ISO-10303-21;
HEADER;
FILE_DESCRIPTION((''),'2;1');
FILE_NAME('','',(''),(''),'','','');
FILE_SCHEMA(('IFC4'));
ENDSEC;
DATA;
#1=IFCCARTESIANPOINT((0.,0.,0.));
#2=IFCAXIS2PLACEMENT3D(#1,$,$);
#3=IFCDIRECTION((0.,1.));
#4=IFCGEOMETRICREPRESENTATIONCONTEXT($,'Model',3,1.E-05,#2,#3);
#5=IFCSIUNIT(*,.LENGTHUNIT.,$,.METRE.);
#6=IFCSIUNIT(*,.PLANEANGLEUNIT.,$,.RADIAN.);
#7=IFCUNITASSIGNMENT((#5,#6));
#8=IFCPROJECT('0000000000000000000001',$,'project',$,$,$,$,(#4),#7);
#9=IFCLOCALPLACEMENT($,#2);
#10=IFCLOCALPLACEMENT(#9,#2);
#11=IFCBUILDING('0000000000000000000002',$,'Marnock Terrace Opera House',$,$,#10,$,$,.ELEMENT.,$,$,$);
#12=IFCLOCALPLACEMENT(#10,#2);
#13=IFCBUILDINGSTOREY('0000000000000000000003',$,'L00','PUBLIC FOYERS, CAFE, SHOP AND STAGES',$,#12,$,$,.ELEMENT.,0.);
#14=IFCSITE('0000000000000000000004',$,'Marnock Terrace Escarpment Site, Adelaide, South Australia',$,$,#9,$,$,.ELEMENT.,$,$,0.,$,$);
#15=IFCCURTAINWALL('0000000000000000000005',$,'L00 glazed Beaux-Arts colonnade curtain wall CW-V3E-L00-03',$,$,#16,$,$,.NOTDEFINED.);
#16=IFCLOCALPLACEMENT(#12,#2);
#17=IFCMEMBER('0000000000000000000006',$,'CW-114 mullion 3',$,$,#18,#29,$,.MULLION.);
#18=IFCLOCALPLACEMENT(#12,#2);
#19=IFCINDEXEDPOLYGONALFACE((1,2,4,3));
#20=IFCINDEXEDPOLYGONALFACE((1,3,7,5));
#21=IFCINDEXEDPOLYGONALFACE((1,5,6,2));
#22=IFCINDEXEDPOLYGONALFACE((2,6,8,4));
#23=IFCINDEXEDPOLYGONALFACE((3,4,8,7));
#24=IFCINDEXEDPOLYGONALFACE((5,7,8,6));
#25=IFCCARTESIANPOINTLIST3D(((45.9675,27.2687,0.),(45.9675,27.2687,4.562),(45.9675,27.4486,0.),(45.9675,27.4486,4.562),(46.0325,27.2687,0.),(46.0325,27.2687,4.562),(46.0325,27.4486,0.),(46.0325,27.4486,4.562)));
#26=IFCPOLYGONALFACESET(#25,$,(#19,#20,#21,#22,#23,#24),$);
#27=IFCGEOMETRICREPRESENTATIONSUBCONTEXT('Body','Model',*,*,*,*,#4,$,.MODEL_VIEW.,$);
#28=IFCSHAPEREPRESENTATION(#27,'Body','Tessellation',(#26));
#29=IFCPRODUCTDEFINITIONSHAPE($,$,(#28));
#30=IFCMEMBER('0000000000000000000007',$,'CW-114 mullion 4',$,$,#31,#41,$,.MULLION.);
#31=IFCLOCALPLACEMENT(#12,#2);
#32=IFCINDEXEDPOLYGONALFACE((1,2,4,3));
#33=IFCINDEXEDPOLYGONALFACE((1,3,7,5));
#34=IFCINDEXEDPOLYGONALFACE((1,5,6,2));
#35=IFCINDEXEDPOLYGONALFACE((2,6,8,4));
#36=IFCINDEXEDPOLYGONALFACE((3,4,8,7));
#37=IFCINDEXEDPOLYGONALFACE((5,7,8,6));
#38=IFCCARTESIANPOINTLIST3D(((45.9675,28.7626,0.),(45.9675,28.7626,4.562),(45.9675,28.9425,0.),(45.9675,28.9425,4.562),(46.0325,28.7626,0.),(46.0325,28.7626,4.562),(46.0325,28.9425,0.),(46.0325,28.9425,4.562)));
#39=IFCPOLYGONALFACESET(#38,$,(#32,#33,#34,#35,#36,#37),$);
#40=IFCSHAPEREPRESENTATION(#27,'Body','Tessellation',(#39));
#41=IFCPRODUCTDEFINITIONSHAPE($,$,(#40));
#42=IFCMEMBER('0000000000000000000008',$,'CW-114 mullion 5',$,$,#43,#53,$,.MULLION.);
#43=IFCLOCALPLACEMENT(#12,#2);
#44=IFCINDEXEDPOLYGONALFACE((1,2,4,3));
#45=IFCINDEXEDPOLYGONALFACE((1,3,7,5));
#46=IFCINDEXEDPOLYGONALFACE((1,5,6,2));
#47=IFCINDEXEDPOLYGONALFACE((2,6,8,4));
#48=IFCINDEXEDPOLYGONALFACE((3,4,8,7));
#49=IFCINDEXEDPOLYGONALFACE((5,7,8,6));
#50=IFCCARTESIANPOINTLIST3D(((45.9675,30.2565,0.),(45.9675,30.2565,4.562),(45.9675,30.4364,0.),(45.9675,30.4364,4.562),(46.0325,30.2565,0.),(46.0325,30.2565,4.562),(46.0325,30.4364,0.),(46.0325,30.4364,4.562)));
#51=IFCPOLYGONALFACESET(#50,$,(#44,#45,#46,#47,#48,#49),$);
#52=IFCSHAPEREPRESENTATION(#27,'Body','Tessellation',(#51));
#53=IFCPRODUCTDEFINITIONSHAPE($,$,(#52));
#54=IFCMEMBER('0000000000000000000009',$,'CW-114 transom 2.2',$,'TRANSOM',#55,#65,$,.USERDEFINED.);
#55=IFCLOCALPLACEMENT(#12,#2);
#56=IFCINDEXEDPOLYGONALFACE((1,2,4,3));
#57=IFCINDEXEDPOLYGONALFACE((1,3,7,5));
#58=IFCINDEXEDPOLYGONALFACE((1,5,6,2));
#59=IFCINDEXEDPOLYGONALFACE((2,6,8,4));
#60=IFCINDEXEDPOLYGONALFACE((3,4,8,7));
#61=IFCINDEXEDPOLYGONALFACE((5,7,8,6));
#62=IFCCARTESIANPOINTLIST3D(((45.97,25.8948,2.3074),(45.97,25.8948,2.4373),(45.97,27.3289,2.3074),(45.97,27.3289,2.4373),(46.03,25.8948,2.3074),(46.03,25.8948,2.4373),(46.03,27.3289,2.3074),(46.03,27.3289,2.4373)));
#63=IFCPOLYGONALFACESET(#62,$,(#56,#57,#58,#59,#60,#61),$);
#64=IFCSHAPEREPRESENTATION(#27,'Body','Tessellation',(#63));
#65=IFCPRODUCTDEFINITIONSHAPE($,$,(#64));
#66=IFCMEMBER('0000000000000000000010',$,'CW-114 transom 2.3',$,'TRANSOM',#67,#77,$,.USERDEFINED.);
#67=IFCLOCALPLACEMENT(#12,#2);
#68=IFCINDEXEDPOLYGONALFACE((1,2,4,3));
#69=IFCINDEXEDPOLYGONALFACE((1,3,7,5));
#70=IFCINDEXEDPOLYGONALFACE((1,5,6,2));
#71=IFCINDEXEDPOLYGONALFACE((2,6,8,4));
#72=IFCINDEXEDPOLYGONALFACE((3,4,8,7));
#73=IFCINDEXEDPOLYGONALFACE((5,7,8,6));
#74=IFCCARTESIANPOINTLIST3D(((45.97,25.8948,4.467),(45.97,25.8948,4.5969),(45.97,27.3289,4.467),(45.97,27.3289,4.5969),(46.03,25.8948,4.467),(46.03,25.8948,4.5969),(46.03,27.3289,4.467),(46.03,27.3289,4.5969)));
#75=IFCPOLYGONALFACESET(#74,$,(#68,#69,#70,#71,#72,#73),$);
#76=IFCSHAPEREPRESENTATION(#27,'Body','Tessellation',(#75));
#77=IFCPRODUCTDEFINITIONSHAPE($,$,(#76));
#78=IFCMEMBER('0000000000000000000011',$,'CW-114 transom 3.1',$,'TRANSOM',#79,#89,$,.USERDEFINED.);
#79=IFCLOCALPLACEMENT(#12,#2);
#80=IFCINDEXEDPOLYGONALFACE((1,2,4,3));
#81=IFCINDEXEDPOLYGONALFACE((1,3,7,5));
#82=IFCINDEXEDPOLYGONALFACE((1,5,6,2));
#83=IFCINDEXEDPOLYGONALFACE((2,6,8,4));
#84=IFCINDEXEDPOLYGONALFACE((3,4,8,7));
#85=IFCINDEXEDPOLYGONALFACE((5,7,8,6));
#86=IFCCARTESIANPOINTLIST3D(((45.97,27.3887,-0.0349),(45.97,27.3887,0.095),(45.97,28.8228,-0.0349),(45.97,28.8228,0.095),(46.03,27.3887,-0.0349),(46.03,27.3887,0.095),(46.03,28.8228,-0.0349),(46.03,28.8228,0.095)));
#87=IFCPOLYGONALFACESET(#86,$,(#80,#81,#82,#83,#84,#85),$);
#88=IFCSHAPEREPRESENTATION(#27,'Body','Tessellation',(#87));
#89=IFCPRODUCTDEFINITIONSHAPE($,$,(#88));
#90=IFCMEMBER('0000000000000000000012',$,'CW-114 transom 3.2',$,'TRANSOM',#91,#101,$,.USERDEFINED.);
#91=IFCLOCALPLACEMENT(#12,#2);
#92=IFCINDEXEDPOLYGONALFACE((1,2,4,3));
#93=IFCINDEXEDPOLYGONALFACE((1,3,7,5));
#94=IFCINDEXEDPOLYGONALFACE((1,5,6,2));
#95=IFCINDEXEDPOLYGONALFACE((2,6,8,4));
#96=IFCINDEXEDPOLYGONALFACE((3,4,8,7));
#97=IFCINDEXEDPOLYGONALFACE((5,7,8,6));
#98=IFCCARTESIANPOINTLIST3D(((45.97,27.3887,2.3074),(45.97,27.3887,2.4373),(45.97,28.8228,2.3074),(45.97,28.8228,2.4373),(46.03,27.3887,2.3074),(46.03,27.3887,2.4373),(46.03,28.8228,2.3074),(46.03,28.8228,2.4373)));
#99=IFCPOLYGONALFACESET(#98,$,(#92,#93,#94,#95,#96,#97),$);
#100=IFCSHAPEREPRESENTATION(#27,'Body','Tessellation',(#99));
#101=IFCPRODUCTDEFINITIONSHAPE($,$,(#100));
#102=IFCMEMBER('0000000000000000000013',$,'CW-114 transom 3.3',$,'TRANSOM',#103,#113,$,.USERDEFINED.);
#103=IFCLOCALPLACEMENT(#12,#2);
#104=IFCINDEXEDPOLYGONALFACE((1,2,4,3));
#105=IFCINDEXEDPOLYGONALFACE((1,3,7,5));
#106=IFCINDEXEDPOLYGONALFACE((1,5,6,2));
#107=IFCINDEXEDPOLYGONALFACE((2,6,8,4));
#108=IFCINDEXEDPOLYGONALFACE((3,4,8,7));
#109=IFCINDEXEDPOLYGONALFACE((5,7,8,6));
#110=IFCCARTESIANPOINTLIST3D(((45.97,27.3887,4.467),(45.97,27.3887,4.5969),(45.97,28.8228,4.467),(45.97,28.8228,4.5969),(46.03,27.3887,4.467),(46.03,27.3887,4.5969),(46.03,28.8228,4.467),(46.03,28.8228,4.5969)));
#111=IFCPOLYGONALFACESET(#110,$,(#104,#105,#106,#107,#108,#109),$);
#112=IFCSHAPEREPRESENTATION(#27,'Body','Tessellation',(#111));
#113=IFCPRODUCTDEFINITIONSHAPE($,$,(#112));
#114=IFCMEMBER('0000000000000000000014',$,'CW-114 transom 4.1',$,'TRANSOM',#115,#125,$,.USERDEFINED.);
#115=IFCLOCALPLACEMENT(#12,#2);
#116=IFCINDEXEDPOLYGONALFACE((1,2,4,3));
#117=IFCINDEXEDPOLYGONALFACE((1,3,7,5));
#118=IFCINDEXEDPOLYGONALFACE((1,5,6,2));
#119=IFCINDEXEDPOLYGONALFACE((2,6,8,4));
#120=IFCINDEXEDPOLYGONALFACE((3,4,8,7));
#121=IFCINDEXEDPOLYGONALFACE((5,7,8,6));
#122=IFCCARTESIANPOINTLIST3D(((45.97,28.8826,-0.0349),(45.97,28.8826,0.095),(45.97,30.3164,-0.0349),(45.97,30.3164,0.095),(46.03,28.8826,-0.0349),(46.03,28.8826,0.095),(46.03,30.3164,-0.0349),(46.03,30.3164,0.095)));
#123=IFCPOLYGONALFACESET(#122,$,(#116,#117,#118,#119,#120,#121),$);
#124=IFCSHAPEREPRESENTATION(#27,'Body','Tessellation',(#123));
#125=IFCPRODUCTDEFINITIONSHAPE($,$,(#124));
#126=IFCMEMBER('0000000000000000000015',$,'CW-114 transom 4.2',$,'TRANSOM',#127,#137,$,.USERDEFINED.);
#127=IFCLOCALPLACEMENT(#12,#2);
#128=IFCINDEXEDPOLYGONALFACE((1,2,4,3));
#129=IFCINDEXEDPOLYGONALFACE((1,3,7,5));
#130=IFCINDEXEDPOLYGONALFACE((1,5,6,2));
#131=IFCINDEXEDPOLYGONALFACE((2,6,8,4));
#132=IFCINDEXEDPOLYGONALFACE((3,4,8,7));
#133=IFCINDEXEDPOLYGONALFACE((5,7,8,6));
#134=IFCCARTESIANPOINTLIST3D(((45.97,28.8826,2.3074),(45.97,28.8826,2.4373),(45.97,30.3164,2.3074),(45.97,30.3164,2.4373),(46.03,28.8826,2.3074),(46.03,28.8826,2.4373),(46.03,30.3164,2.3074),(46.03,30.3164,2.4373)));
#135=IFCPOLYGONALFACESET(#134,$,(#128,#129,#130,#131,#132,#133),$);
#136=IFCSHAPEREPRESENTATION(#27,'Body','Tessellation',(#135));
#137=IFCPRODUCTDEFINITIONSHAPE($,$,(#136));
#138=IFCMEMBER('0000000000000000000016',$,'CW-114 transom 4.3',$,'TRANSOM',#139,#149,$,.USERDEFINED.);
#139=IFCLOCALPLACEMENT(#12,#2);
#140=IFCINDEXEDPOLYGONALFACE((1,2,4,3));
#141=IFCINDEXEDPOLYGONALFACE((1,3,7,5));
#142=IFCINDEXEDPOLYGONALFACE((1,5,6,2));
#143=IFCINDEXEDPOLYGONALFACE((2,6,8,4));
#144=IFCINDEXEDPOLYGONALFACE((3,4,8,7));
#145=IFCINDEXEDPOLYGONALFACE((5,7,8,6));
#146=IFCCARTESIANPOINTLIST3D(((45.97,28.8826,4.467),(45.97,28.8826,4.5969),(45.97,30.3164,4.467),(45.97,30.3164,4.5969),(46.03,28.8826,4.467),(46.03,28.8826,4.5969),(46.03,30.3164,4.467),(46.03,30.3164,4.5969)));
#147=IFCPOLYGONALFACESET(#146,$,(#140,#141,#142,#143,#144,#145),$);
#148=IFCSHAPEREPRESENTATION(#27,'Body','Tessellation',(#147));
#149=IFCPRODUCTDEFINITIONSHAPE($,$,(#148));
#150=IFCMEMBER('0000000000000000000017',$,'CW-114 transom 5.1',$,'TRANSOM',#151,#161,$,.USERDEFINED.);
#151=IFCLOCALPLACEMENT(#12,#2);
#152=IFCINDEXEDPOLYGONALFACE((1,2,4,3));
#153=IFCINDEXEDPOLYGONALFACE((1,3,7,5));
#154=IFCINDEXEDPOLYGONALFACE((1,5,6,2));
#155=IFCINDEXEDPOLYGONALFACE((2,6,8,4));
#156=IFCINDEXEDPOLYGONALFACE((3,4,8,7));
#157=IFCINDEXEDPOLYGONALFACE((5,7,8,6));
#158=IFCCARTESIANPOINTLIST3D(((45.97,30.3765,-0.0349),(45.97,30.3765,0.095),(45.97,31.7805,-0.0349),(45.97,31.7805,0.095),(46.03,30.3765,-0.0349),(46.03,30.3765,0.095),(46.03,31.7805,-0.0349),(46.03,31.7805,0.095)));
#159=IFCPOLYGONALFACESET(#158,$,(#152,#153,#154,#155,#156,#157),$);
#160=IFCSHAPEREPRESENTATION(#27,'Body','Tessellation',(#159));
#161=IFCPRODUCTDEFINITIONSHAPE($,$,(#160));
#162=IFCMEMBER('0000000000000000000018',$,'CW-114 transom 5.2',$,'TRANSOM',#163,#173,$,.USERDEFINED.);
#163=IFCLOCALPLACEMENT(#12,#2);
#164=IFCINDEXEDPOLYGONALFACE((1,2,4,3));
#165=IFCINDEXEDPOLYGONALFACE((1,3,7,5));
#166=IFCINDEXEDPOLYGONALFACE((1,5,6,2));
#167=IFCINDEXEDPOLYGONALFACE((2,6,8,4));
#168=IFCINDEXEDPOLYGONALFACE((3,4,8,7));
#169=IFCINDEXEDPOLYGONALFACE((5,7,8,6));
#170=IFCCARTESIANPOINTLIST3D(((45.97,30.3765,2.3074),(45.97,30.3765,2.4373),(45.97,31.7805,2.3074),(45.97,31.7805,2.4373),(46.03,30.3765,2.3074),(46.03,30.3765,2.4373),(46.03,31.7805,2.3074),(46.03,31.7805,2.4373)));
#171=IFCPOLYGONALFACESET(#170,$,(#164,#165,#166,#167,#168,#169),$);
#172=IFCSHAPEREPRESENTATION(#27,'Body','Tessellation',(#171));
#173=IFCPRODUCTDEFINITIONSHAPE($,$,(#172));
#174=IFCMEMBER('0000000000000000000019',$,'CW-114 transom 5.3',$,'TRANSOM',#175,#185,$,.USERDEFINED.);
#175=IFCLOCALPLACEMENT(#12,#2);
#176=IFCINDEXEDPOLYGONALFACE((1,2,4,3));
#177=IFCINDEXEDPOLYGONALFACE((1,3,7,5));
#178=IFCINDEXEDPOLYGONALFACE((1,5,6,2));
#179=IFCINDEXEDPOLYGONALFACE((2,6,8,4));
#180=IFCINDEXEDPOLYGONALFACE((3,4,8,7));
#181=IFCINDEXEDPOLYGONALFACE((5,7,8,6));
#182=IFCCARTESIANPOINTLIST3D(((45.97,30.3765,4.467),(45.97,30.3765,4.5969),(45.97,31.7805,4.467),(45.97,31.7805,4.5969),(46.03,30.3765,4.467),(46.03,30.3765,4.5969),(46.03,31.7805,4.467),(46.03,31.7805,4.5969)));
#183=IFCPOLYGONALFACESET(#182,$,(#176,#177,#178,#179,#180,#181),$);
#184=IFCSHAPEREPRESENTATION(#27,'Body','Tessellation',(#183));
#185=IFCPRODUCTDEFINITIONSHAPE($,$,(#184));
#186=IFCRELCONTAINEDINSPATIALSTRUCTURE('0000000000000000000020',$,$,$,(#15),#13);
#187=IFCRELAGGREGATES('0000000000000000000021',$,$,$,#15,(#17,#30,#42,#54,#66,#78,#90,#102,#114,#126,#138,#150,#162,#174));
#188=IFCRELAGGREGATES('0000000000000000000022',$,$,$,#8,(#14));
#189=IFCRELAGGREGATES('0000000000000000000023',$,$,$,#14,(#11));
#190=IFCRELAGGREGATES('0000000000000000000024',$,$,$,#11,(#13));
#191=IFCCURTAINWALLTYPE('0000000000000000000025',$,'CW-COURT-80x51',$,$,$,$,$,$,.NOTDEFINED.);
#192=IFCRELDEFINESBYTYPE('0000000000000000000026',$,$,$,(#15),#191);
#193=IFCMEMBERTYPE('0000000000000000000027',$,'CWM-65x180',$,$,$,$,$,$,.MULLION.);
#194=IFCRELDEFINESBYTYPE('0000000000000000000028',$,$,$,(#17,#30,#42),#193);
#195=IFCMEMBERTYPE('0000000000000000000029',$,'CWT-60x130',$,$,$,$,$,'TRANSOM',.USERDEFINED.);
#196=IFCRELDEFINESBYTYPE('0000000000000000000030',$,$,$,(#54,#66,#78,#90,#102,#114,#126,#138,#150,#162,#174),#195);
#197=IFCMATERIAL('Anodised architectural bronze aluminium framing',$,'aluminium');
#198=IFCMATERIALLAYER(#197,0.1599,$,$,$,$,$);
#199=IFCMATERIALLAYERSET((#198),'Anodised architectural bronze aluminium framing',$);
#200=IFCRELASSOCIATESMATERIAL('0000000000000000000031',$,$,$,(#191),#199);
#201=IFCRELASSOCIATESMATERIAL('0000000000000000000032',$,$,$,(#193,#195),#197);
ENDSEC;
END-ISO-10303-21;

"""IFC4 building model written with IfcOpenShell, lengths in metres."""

from ifc_helpers import new_model, si_unit, direction, frame, origin, origin_2d, place, context, subcontext, project, spatial, rectangle, extrude, material, layer, layer_set, material_profile, profile_set, type_object, element, aggregate, save


model = new_model("IFC4")

# Units and contexts
model_context = context("Model", 3, precision=1e-05, world=origin(), true_north=direction((0.0, 1.0)))
body_context = subcontext(model_context, "Body", "Model", "MODEL_VIEW")
ifc_project = project(units=[si_unit("LENGTHUNIT", "METRE"), si_unit("PLANEANGLEUNIT", "RADIAN")], contexts=[model_context])

# Site, building, storey
site_placement = place(None, origin())
site = spatial("IfcSite", under=ifc_project, at=site_placement, Name="Marnock Terrace Escarpment Site, Adelaide, South Australia", CompositionType="ELEMENT", RefElevation=0.0)
building_placement = place(site_placement, origin())
building = spatial("IfcBuilding", under=site, at=building_placement, Name="Marnock Terrace Opera House", CompositionType="ELEMENT")
storey_placement = place(building_placement, origin())
storey = spatial("IfcBuildingStorey", under=building, at=storey_placement, Name="L00", Description="PUBLIC FOYERS, CAFE, SHOP AND STAGES", CompositionType="ELEMENT", Elevation=0.0)

# Curtain wall, members
ifc_material_1 = material(Name="Anodised architectural bronze aluminium framing", Category="aluminium")
ifc_layer_1 = layer(ifc_material_1, 0.1599)
ifc_layer_set_1 = layer_set([ifc_layer_1], Name="Anodised architectural bronze aluminium framing")
curtain_wall_type = type_object("IfcCurtainWallType", Name="CW-COURT-80x51", PredefinedType="NOTDEFINED", material=ifc_layer_set_1)
curtain_wall_placement = place(storey_placement, origin())
curtain_wall = element("IfcCurtainWall", 1, at=curtain_wall_placement, inside=storey, type_object=curtain_wall_type, Name="L00 glazed Beaux-Arts colonnade curtain wall CW-V3E-L00-03", PredefinedType="NOTDEFINED")
ifc_material_profile_1 = material_profile(ifc_material_1, rectangle(XDim=0.0649, YDim=0.1799, at=origin_2d()))
ifc_profile_set_1 = profile_set([ifc_material_profile_1], Name="Anodised architectural bronze aluminium framing")
member_type_1 = type_object("IfcMemberType", Name="CWM-65x180", PredefinedType="MULLION", material=ifc_profile_set_1)
member_1_placement = place(storey_placement, frame((46.0, 27.3586, 0.0), z_axis=(0.0, 0.0, 1.0), x_axis=(-1.0, 0.0, 0.0)))
member_1 = element("IfcMember", 2, at=member_1_placement, type_object=member_type_1, Name="CW-114 mullion 3", PredefinedType="MULLION", context=body_context, shape_type="SweptSolid", body=[
    extrude(rectangle(XDim=0.0649, YDim=0.1799, at=origin_2d()), origin(), (0.0, 0.0, 1.0), 4.562),
])
member_2_placement = place(storey_placement, frame((46.0, 28.8525, 0.0), z_axis=(0.0, 0.0, 1.0), x_axis=(-1.0, 0.0, 0.0)))
member_2 = element("IfcMember", 3, at=member_2_placement, type_object=member_type_1, Name="CW-114 mullion 4", PredefinedType="MULLION", context=body_context, shape_type="SweptSolid", body=[
    extrude(rectangle(XDim=0.0649, YDim=0.1799, at=origin_2d()), origin(), (0.0, 0.0, 1.0), 4.562),
])
member_3_placement = place(storey_placement, frame((46.0, 30.3464, 0.0), z_axis=(0.0, 0.0, 1.0), x_axis=(-1.0, 0.0, 0.0)))
member_3 = element("IfcMember", 4, at=member_3_placement, type_object=member_type_1, Name="CW-114 mullion 5", PredefinedType="MULLION", context=body_context, shape_type="SweptSolid", body=[
    extrude(rectangle(XDim=0.0649, YDim=0.1799, at=origin_2d()), origin(), (0.0, 0.0, 1.0), 4.562),
])
ifc_material_profile_2 = material_profile(ifc_material_1, rectangle(XDim=0.0601, YDim=0.1299, at=origin_2d()))
ifc_profile_set_2 = profile_set([ifc_material_profile_2], Name="Anodised architectural bronze aluminium framing")
member_type_2 = type_object("IfcMemberType", Name="CWT-60x130", ElementType="TRANSOM", PredefinedType="USERDEFINED", material=ifc_profile_set_2)
member_4_placement = place(storey_placement, frame((46.0, 25.8948, 2.3723), z_axis=(0.0, 1.0, 0.0), x_axis=(-1.0, 0.0, 0.0)))
member_4 = element("IfcMember", 5, at=member_4_placement, type_object=member_type_2, Name="CW-114 transom 2.2", ObjectType="TRANSOM", PredefinedType="USERDEFINED", context=body_context, shape_type="SweptSolid", body=[
    extrude(rectangle(XDim=0.0601, YDim=0.1299, at=origin_2d()), origin(), (0.0, 0.0, 1.0), 1.4341),
])
member_5_placement = place(storey_placement, frame((46.0, 25.8948, 4.532), z_axis=(0.0, 1.0, 0.0), x_axis=(-1.0, 0.0, 0.0)))
member_5 = element("IfcMember", 6, at=member_5_placement, type_object=member_type_2, Name="CW-114 transom 2.3", ObjectType="TRANSOM", PredefinedType="USERDEFINED", context=body_context, shape_type="SweptSolid", body=[
    extrude(rectangle(XDim=0.0601, YDim=0.1299, at=origin_2d()), origin(), (0.0, 0.0, 1.0), 1.4341),
])
member_6_placement = place(storey_placement, frame((46.0, 27.3887, 0.03), z_axis=(0.0, 1.0, 0.0), x_axis=(-1.0, 0.0, 0.0)))
member_6 = element("IfcMember", 7, at=member_6_placement, type_object=member_type_2, Name="CW-114 transom 3.1", ObjectType="TRANSOM", PredefinedType="USERDEFINED", context=body_context, shape_type="SweptSolid", body=[
    extrude(rectangle(XDim=0.0601, YDim=0.1299, at=origin_2d()), origin(), (0.0, 0.0, 1.0), 1.4341),
])
member_7_placement = place(storey_placement, frame((46.0, 27.3887, 2.3723), z_axis=(0.0, 1.0, 0.0), x_axis=(-1.0, 0.0, 0.0)))
member_7 = element("IfcMember", 8, at=member_7_placement, type_object=member_type_2, Name="CW-114 transom 3.2", ObjectType="TRANSOM", PredefinedType="USERDEFINED", context=body_context, shape_type="SweptSolid", body=[
    extrude(rectangle(XDim=0.0601, YDim=0.1299, at=origin_2d()), origin(), (0.0, 0.0, 1.0), 1.4341),
])
member_8_placement = place(storey_placement, frame((46.0, 27.3887, 4.532), z_axis=(0.0, 1.0, 0.0), x_axis=(-1.0, 0.0, 0.0)))
member_8 = element("IfcMember", 9, at=member_8_placement, type_object=member_type_2, Name="CW-114 transom 3.3", ObjectType="TRANSOM", PredefinedType="USERDEFINED", context=body_context, shape_type="SweptSolid", body=[
    extrude(rectangle(XDim=0.0601, YDim=0.1299, at=origin_2d()), origin(), (0.0, 0.0, 1.0), 1.4341),
])
member_9_placement = place(storey_placement, frame((46.0, 28.8826, 0.03), z_axis=(0.0, 1.0, 0.0), x_axis=(-1.0, 0.0, 0.0)))
member_9 = element("IfcMember", 10, at=member_9_placement, type_object=member_type_2, Name="CW-114 transom 4.1", ObjectType="TRANSOM", PredefinedType="USERDEFINED", context=body_context, shape_type="SweptSolid", body=[
    extrude(rectangle(XDim=0.0601, YDim=0.1299, at=origin_2d()), origin(), (0.0, 0.0, 1.0), 1.4338),
])
member_10_placement = place(storey_placement, frame((46.0, 28.8826, 2.3723), z_axis=(0.0, 1.0, 0.0), x_axis=(-1.0, 0.0, 0.0)))
member_10 = element("IfcMember", 11, at=member_10_placement, type_object=member_type_2, Name="CW-114 transom 4.2", ObjectType="TRANSOM", PredefinedType="USERDEFINED", context=body_context, shape_type="SweptSolid", body=[
    extrude(rectangle(XDim=0.0601, YDim=0.1299, at=origin_2d()), origin(), (0.0, 0.0, 1.0), 1.4338),
])
member_11_placement = place(storey_placement, frame((46.0, 28.8826, 4.532), z_axis=(0.0, 1.0, 0.0), x_axis=(-1.0, 0.0, 0.0)))
member_11 = element("IfcMember", 12, at=member_11_placement, type_object=member_type_2, Name="CW-114 transom 4.3", ObjectType="TRANSOM", PredefinedType="USERDEFINED", context=body_context, shape_type="SweptSolid", body=[
    extrude(rectangle(XDim=0.0601, YDim=0.1299, at=origin_2d()), origin(), (0.0, 0.0, 1.0), 1.4338),
])
member_12_placement = place(storey_placement, frame((46.0, 30.3765, 0.03), z_axis=(0.0, 1.0, 0.0), x_axis=(-1.0, 0.0, 0.0)))
member_12 = element("IfcMember", 13, at=member_12_placement, type_object=member_type_2, Name="CW-114 transom 5.1", ObjectType="TRANSOM", PredefinedType="USERDEFINED", context=body_context, shape_type="SweptSolid", body=[
    extrude(rectangle(XDim=0.0601, YDim=0.1299, at=origin_2d()), origin(), (0.0, 0.0, 1.0), 1.4041),
])
member_13_placement = place(storey_placement, frame((46.0, 30.3765, 2.3723), z_axis=(0.0, 1.0, 0.0), x_axis=(-1.0, 0.0, 0.0)))
member_13 = element("IfcMember", 14, at=member_13_placement, type_object=member_type_2, Name="CW-114 transom 5.2", ObjectType="TRANSOM", PredefinedType="USERDEFINED", context=body_context, shape_type="SweptSolid", body=[
    extrude(rectangle(XDim=0.0601, YDim=0.1299, at=origin_2d()), origin(), (0.0, 0.0, 1.0), 1.4041),
])
member_14_placement = place(storey_placement, frame((46.0, 30.3765, 4.532), z_axis=(0.0, 1.0, 0.0), x_axis=(-1.0, 0.0, 0.0)))
member_14 = element("IfcMember", 15, at=member_14_placement, type_object=member_type_2, Name="CW-114 transom 5.3", ObjectType="TRANSOM", PredefinedType="USERDEFINED", context=body_context, shape_type="SweptSolid", body=[
    extrude(rectangle(XDim=0.0601, YDim=0.1299, at=origin_2d()), origin(), (0.0, 0.0, 1.0), 1.4041),
])
aggregate(curtain_wall, [member_1, member_2, member_3, member_4, member_5, member_6, member_7, member_8, member_9, member_10, member_11, member_12, member_13, member_14])

save(model, "model.ifc")
